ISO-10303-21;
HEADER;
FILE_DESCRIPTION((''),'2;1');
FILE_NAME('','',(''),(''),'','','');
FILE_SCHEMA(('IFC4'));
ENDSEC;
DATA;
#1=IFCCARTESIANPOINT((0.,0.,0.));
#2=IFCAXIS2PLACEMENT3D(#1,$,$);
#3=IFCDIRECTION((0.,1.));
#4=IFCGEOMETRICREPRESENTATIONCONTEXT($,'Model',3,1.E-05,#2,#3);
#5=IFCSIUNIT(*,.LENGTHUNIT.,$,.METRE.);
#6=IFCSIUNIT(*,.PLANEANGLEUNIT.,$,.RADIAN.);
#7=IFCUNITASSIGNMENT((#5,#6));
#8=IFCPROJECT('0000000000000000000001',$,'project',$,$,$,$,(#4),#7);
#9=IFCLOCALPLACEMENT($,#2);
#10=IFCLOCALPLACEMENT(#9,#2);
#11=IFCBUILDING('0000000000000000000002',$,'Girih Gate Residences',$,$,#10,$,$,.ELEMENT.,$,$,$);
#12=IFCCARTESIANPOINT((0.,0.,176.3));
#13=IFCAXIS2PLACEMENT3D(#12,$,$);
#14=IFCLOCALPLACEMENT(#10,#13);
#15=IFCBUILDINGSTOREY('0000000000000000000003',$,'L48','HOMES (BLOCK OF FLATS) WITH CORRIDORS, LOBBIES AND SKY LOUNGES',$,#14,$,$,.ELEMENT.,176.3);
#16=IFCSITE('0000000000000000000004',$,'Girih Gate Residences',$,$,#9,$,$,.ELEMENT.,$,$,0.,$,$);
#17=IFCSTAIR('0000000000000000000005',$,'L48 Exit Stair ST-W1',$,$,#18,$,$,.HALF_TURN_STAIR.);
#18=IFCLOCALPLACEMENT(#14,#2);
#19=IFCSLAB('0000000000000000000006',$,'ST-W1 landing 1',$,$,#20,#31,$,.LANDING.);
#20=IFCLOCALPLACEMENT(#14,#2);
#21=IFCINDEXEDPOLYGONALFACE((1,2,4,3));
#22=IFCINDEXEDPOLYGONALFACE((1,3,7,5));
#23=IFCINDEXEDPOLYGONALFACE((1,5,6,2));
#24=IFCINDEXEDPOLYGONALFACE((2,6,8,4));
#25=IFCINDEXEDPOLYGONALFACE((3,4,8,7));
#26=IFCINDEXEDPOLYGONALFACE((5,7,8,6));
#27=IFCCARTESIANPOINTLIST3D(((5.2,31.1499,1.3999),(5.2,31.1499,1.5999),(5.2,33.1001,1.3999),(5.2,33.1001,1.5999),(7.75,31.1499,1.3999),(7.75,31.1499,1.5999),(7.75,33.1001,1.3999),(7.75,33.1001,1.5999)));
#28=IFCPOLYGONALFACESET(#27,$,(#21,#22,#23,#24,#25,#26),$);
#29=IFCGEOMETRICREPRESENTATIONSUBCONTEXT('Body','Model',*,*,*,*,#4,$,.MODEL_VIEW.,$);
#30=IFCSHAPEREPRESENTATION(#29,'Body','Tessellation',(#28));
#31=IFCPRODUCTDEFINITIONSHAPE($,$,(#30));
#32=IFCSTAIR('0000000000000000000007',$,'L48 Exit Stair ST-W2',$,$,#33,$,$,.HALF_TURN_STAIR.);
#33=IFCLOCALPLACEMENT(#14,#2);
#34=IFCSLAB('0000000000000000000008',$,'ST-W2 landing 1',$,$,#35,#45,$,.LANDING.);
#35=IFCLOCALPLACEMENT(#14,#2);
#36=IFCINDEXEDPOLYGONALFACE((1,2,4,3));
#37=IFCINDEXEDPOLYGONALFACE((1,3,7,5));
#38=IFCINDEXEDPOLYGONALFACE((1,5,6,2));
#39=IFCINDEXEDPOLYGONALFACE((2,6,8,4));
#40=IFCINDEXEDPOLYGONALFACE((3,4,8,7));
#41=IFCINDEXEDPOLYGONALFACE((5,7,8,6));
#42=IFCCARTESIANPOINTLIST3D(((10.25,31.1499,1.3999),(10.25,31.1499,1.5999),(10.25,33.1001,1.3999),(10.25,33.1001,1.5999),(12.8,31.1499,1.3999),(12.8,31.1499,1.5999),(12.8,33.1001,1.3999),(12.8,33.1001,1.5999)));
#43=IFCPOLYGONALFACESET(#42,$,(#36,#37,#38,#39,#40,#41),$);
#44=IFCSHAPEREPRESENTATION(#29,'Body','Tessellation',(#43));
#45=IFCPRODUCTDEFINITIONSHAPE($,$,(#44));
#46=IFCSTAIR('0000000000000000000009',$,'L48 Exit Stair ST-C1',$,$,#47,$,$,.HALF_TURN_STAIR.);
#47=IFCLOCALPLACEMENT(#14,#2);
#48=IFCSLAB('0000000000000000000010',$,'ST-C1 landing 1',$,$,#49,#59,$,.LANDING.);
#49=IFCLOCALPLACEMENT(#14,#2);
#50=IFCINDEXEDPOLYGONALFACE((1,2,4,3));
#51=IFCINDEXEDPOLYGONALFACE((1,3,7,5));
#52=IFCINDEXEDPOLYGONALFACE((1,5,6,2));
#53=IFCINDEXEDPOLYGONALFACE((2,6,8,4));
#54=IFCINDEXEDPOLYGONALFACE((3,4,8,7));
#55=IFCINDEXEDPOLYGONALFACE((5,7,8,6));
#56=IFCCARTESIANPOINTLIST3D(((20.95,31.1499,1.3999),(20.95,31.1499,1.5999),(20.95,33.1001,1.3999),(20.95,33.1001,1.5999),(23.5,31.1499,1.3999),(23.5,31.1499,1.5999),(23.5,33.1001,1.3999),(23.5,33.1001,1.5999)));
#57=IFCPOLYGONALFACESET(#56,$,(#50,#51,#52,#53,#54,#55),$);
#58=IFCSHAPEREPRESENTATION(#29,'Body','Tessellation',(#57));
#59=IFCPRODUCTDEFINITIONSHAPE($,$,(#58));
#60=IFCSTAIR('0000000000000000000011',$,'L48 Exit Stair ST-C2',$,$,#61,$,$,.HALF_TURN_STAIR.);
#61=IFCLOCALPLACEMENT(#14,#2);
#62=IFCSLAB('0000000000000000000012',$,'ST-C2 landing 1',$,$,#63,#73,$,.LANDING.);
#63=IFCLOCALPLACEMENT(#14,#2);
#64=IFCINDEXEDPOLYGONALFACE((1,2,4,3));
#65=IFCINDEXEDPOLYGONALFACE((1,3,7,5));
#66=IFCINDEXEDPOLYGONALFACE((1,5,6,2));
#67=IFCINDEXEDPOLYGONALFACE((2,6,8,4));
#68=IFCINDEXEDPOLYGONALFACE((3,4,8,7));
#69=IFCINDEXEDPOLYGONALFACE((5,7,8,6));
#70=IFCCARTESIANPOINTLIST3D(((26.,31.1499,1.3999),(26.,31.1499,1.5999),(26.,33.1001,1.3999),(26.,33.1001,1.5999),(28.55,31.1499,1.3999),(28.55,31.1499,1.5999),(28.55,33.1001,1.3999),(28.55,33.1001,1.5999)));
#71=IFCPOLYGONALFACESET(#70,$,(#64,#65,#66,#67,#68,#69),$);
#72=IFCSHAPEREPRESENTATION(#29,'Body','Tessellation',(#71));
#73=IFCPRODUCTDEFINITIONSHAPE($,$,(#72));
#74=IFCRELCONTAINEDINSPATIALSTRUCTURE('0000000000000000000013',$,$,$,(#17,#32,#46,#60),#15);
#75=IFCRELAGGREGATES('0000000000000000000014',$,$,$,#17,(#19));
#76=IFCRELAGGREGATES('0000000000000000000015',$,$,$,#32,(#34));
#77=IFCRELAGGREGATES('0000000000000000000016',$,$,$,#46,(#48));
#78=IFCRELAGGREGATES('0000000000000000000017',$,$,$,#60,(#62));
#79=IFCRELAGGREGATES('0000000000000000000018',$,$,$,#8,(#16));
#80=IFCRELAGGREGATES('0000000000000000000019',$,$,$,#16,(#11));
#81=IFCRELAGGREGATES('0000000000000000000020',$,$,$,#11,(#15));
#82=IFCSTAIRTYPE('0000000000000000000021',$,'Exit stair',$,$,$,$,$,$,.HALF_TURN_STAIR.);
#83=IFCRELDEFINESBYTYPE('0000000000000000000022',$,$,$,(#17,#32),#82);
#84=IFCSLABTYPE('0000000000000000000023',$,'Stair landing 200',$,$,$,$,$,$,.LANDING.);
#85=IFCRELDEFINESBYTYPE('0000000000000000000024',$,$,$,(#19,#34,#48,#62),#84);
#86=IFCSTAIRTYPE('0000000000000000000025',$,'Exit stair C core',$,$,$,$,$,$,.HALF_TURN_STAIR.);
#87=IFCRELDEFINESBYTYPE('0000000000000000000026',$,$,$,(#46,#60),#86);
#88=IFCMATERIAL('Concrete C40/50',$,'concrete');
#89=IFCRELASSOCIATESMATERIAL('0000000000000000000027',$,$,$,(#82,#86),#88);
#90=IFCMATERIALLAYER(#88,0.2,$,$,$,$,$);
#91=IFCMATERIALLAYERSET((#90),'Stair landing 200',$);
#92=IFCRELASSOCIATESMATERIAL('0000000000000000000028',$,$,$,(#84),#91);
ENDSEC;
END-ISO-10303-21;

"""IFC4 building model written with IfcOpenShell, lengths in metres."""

from ifc_helpers import new_model, si_unit, direction, frame, origin, place, context, subcontext, project, spatial, polyline, outline, extrude, material, layer, layer_set, type_object, element, aggregate, save


model = new_model("IFC4")

# Units and contexts
model_context = context("Model", 3, precision=1e-05, world=origin(), true_north=direction((0.0, 1.0)))
body_context = subcontext(model_context, "Body", "Model", "MODEL_VIEW")
ifc_project = project(units=[si_unit("LENGTHUNIT", "METRE"), si_unit("PLANEANGLEUNIT", "RADIAN")], contexts=[model_context])

# Site, building, storey
site_placement = place(None, origin())
site = spatial("IfcSite", under=ifc_project, at=site_placement, Name="Girih Gate Residences", CompositionType="ELEMENT", RefElevation=0.0)
building_placement = place(site_placement, origin())
building = spatial("IfcBuilding", under=site, at=building_placement, Name="Girih Gate Residences", CompositionType="ELEMENT")
storey_placement = place(building_placement, frame((0.0, 0.0, 176.3)))
storey = spatial("IfcBuildingStorey", under=building, at=storey_placement, Name="L48", Description="HOMES (BLOCK OF FLATS) WITH CORRIDORS, LOBBIES AND SKY LOUNGES", CompositionType="ELEMENT", Elevation=176.3)

# Shared definitions
ifc_material_1 = material(Name="Concrete C40/50", Category="concrete")

# Stairs, slabs
stair_type_1 = type_object("IfcStairType", Name="Exit stair", PredefinedType="HALF_TURN_STAIR", material=ifc_material_1)
stair_1_placement = place(storey_placement, origin())
stair_1 = element("IfcStair", 1, at=stair_1_placement, inside=storey, type_object=stair_type_1, Name="L48 Exit Stair ST-W1", PredefinedType="HALF_TURN_STAIR")
ifc_layer_1 = layer(ifc_material_1, 0.2)
ifc_layer_set_1 = layer_set([ifc_layer_1], Name="Stair landing 200")
slab_type_1 = type_object("IfcSlabType", Name="Stair landing 200", PredefinedType="LANDING", material=ifc_layer_set_1)
slab_1_placement = place(storey_placement, frame((0.0, 0.0, 1.3999)))
slab_1 = element("IfcSlab", 2, at=slab_1_placement, type_object=slab_type_1, Name="ST-W1 landing 1", PredefinedType="LANDING", context=body_context, shape_type="SweptSolid", body=[
    extrude(outline(polyline([(7.75, 31.1499), (7.75, 33.1001), (5.2, 33.1001), (5.2, 31.1499), (7.75, 31.1499)])), origin(), (0.0, 0.0, 1.0), 0.2),
])
aggregate(stair_1, [slab_1])
stair_2_placement = place(storey_placement, origin())
stair_2 = element("IfcStair", 3, at=stair_2_placement, inside=storey, type_object=stair_type_1, Name="L48 Exit Stair ST-W2", PredefinedType="HALF_TURN_STAIR")
slab_2_placement = place(storey_placement, frame((0.0, 0.0, 1.3999)))
slab_2 = element("IfcSlab", 4, at=slab_2_placement, type_object=slab_type_1, Name="ST-W2 landing 1", PredefinedType="LANDING", context=body_context, shape_type="SweptSolid", body=[
    extrude(outline(polyline([(12.8, 31.1499), (12.8, 33.1001), (10.25, 33.1001), (10.25, 31.1499), (12.8, 31.1499)])), origin(), (0.0, 0.0, 1.0), 0.2),
])
aggregate(stair_2, [slab_2])
stair_type_2 = type_object("IfcStairType", Name="Exit stair C core", PredefinedType="HALF_TURN_STAIR", material=ifc_material_1)
stair_3_placement = place(storey_placement, origin())
stair_3 = element("IfcStair", 5, at=stair_3_placement, inside=storey, type_object=stair_type_2, Name="L48 Exit Stair ST-C1", PredefinedType="HALF_TURN_STAIR")
slab_3_placement = place(storey_placement, frame((0.0, 0.0, 1.3999)))
slab_3 = element("IfcSlab", 6, at=slab_3_placement, type_object=slab_type_1, Name="ST-C1 landing 1", PredefinedType="LANDING", context=body_context, shape_type="SweptSolid", body=[
    extrude(outline(polyline([(23.5, 31.1499), (23.5, 33.1001), (20.95, 33.1001), (20.95, 31.1499), (23.5, 31.1499)])), origin(), (0.0, 0.0, 1.0), 0.2),
])
aggregate(stair_3, [slab_3])
stair_4_placement = place(storey_placement, origin())
stair_4 = element("IfcStair", 7, at=stair_4_placement, inside=storey, type_object=stair_type_2, Name="L48 Exit Stair ST-C2", PredefinedType="HALF_TURN_STAIR")
slab_4_placement = place(storey_placement, frame((0.0, 0.0, 1.3999)))
slab_4 = element("IfcSlab", 8, at=slab_4_placement, type_object=slab_type_1, Name="ST-C2 landing 1", PredefinedType="LANDING", context=body_context, shape_type="SweptSolid", body=[
    extrude(outline(polyline([(28.55, 31.1499), (28.55, 33.1001), (26.0, 33.1001), (26.0, 31.1499), (28.55, 31.1499)])), origin(), (0.0, 0.0, 1.0), 0.2),
])
aggregate(stair_4, [slab_4])

save(model, "model.ifc")
